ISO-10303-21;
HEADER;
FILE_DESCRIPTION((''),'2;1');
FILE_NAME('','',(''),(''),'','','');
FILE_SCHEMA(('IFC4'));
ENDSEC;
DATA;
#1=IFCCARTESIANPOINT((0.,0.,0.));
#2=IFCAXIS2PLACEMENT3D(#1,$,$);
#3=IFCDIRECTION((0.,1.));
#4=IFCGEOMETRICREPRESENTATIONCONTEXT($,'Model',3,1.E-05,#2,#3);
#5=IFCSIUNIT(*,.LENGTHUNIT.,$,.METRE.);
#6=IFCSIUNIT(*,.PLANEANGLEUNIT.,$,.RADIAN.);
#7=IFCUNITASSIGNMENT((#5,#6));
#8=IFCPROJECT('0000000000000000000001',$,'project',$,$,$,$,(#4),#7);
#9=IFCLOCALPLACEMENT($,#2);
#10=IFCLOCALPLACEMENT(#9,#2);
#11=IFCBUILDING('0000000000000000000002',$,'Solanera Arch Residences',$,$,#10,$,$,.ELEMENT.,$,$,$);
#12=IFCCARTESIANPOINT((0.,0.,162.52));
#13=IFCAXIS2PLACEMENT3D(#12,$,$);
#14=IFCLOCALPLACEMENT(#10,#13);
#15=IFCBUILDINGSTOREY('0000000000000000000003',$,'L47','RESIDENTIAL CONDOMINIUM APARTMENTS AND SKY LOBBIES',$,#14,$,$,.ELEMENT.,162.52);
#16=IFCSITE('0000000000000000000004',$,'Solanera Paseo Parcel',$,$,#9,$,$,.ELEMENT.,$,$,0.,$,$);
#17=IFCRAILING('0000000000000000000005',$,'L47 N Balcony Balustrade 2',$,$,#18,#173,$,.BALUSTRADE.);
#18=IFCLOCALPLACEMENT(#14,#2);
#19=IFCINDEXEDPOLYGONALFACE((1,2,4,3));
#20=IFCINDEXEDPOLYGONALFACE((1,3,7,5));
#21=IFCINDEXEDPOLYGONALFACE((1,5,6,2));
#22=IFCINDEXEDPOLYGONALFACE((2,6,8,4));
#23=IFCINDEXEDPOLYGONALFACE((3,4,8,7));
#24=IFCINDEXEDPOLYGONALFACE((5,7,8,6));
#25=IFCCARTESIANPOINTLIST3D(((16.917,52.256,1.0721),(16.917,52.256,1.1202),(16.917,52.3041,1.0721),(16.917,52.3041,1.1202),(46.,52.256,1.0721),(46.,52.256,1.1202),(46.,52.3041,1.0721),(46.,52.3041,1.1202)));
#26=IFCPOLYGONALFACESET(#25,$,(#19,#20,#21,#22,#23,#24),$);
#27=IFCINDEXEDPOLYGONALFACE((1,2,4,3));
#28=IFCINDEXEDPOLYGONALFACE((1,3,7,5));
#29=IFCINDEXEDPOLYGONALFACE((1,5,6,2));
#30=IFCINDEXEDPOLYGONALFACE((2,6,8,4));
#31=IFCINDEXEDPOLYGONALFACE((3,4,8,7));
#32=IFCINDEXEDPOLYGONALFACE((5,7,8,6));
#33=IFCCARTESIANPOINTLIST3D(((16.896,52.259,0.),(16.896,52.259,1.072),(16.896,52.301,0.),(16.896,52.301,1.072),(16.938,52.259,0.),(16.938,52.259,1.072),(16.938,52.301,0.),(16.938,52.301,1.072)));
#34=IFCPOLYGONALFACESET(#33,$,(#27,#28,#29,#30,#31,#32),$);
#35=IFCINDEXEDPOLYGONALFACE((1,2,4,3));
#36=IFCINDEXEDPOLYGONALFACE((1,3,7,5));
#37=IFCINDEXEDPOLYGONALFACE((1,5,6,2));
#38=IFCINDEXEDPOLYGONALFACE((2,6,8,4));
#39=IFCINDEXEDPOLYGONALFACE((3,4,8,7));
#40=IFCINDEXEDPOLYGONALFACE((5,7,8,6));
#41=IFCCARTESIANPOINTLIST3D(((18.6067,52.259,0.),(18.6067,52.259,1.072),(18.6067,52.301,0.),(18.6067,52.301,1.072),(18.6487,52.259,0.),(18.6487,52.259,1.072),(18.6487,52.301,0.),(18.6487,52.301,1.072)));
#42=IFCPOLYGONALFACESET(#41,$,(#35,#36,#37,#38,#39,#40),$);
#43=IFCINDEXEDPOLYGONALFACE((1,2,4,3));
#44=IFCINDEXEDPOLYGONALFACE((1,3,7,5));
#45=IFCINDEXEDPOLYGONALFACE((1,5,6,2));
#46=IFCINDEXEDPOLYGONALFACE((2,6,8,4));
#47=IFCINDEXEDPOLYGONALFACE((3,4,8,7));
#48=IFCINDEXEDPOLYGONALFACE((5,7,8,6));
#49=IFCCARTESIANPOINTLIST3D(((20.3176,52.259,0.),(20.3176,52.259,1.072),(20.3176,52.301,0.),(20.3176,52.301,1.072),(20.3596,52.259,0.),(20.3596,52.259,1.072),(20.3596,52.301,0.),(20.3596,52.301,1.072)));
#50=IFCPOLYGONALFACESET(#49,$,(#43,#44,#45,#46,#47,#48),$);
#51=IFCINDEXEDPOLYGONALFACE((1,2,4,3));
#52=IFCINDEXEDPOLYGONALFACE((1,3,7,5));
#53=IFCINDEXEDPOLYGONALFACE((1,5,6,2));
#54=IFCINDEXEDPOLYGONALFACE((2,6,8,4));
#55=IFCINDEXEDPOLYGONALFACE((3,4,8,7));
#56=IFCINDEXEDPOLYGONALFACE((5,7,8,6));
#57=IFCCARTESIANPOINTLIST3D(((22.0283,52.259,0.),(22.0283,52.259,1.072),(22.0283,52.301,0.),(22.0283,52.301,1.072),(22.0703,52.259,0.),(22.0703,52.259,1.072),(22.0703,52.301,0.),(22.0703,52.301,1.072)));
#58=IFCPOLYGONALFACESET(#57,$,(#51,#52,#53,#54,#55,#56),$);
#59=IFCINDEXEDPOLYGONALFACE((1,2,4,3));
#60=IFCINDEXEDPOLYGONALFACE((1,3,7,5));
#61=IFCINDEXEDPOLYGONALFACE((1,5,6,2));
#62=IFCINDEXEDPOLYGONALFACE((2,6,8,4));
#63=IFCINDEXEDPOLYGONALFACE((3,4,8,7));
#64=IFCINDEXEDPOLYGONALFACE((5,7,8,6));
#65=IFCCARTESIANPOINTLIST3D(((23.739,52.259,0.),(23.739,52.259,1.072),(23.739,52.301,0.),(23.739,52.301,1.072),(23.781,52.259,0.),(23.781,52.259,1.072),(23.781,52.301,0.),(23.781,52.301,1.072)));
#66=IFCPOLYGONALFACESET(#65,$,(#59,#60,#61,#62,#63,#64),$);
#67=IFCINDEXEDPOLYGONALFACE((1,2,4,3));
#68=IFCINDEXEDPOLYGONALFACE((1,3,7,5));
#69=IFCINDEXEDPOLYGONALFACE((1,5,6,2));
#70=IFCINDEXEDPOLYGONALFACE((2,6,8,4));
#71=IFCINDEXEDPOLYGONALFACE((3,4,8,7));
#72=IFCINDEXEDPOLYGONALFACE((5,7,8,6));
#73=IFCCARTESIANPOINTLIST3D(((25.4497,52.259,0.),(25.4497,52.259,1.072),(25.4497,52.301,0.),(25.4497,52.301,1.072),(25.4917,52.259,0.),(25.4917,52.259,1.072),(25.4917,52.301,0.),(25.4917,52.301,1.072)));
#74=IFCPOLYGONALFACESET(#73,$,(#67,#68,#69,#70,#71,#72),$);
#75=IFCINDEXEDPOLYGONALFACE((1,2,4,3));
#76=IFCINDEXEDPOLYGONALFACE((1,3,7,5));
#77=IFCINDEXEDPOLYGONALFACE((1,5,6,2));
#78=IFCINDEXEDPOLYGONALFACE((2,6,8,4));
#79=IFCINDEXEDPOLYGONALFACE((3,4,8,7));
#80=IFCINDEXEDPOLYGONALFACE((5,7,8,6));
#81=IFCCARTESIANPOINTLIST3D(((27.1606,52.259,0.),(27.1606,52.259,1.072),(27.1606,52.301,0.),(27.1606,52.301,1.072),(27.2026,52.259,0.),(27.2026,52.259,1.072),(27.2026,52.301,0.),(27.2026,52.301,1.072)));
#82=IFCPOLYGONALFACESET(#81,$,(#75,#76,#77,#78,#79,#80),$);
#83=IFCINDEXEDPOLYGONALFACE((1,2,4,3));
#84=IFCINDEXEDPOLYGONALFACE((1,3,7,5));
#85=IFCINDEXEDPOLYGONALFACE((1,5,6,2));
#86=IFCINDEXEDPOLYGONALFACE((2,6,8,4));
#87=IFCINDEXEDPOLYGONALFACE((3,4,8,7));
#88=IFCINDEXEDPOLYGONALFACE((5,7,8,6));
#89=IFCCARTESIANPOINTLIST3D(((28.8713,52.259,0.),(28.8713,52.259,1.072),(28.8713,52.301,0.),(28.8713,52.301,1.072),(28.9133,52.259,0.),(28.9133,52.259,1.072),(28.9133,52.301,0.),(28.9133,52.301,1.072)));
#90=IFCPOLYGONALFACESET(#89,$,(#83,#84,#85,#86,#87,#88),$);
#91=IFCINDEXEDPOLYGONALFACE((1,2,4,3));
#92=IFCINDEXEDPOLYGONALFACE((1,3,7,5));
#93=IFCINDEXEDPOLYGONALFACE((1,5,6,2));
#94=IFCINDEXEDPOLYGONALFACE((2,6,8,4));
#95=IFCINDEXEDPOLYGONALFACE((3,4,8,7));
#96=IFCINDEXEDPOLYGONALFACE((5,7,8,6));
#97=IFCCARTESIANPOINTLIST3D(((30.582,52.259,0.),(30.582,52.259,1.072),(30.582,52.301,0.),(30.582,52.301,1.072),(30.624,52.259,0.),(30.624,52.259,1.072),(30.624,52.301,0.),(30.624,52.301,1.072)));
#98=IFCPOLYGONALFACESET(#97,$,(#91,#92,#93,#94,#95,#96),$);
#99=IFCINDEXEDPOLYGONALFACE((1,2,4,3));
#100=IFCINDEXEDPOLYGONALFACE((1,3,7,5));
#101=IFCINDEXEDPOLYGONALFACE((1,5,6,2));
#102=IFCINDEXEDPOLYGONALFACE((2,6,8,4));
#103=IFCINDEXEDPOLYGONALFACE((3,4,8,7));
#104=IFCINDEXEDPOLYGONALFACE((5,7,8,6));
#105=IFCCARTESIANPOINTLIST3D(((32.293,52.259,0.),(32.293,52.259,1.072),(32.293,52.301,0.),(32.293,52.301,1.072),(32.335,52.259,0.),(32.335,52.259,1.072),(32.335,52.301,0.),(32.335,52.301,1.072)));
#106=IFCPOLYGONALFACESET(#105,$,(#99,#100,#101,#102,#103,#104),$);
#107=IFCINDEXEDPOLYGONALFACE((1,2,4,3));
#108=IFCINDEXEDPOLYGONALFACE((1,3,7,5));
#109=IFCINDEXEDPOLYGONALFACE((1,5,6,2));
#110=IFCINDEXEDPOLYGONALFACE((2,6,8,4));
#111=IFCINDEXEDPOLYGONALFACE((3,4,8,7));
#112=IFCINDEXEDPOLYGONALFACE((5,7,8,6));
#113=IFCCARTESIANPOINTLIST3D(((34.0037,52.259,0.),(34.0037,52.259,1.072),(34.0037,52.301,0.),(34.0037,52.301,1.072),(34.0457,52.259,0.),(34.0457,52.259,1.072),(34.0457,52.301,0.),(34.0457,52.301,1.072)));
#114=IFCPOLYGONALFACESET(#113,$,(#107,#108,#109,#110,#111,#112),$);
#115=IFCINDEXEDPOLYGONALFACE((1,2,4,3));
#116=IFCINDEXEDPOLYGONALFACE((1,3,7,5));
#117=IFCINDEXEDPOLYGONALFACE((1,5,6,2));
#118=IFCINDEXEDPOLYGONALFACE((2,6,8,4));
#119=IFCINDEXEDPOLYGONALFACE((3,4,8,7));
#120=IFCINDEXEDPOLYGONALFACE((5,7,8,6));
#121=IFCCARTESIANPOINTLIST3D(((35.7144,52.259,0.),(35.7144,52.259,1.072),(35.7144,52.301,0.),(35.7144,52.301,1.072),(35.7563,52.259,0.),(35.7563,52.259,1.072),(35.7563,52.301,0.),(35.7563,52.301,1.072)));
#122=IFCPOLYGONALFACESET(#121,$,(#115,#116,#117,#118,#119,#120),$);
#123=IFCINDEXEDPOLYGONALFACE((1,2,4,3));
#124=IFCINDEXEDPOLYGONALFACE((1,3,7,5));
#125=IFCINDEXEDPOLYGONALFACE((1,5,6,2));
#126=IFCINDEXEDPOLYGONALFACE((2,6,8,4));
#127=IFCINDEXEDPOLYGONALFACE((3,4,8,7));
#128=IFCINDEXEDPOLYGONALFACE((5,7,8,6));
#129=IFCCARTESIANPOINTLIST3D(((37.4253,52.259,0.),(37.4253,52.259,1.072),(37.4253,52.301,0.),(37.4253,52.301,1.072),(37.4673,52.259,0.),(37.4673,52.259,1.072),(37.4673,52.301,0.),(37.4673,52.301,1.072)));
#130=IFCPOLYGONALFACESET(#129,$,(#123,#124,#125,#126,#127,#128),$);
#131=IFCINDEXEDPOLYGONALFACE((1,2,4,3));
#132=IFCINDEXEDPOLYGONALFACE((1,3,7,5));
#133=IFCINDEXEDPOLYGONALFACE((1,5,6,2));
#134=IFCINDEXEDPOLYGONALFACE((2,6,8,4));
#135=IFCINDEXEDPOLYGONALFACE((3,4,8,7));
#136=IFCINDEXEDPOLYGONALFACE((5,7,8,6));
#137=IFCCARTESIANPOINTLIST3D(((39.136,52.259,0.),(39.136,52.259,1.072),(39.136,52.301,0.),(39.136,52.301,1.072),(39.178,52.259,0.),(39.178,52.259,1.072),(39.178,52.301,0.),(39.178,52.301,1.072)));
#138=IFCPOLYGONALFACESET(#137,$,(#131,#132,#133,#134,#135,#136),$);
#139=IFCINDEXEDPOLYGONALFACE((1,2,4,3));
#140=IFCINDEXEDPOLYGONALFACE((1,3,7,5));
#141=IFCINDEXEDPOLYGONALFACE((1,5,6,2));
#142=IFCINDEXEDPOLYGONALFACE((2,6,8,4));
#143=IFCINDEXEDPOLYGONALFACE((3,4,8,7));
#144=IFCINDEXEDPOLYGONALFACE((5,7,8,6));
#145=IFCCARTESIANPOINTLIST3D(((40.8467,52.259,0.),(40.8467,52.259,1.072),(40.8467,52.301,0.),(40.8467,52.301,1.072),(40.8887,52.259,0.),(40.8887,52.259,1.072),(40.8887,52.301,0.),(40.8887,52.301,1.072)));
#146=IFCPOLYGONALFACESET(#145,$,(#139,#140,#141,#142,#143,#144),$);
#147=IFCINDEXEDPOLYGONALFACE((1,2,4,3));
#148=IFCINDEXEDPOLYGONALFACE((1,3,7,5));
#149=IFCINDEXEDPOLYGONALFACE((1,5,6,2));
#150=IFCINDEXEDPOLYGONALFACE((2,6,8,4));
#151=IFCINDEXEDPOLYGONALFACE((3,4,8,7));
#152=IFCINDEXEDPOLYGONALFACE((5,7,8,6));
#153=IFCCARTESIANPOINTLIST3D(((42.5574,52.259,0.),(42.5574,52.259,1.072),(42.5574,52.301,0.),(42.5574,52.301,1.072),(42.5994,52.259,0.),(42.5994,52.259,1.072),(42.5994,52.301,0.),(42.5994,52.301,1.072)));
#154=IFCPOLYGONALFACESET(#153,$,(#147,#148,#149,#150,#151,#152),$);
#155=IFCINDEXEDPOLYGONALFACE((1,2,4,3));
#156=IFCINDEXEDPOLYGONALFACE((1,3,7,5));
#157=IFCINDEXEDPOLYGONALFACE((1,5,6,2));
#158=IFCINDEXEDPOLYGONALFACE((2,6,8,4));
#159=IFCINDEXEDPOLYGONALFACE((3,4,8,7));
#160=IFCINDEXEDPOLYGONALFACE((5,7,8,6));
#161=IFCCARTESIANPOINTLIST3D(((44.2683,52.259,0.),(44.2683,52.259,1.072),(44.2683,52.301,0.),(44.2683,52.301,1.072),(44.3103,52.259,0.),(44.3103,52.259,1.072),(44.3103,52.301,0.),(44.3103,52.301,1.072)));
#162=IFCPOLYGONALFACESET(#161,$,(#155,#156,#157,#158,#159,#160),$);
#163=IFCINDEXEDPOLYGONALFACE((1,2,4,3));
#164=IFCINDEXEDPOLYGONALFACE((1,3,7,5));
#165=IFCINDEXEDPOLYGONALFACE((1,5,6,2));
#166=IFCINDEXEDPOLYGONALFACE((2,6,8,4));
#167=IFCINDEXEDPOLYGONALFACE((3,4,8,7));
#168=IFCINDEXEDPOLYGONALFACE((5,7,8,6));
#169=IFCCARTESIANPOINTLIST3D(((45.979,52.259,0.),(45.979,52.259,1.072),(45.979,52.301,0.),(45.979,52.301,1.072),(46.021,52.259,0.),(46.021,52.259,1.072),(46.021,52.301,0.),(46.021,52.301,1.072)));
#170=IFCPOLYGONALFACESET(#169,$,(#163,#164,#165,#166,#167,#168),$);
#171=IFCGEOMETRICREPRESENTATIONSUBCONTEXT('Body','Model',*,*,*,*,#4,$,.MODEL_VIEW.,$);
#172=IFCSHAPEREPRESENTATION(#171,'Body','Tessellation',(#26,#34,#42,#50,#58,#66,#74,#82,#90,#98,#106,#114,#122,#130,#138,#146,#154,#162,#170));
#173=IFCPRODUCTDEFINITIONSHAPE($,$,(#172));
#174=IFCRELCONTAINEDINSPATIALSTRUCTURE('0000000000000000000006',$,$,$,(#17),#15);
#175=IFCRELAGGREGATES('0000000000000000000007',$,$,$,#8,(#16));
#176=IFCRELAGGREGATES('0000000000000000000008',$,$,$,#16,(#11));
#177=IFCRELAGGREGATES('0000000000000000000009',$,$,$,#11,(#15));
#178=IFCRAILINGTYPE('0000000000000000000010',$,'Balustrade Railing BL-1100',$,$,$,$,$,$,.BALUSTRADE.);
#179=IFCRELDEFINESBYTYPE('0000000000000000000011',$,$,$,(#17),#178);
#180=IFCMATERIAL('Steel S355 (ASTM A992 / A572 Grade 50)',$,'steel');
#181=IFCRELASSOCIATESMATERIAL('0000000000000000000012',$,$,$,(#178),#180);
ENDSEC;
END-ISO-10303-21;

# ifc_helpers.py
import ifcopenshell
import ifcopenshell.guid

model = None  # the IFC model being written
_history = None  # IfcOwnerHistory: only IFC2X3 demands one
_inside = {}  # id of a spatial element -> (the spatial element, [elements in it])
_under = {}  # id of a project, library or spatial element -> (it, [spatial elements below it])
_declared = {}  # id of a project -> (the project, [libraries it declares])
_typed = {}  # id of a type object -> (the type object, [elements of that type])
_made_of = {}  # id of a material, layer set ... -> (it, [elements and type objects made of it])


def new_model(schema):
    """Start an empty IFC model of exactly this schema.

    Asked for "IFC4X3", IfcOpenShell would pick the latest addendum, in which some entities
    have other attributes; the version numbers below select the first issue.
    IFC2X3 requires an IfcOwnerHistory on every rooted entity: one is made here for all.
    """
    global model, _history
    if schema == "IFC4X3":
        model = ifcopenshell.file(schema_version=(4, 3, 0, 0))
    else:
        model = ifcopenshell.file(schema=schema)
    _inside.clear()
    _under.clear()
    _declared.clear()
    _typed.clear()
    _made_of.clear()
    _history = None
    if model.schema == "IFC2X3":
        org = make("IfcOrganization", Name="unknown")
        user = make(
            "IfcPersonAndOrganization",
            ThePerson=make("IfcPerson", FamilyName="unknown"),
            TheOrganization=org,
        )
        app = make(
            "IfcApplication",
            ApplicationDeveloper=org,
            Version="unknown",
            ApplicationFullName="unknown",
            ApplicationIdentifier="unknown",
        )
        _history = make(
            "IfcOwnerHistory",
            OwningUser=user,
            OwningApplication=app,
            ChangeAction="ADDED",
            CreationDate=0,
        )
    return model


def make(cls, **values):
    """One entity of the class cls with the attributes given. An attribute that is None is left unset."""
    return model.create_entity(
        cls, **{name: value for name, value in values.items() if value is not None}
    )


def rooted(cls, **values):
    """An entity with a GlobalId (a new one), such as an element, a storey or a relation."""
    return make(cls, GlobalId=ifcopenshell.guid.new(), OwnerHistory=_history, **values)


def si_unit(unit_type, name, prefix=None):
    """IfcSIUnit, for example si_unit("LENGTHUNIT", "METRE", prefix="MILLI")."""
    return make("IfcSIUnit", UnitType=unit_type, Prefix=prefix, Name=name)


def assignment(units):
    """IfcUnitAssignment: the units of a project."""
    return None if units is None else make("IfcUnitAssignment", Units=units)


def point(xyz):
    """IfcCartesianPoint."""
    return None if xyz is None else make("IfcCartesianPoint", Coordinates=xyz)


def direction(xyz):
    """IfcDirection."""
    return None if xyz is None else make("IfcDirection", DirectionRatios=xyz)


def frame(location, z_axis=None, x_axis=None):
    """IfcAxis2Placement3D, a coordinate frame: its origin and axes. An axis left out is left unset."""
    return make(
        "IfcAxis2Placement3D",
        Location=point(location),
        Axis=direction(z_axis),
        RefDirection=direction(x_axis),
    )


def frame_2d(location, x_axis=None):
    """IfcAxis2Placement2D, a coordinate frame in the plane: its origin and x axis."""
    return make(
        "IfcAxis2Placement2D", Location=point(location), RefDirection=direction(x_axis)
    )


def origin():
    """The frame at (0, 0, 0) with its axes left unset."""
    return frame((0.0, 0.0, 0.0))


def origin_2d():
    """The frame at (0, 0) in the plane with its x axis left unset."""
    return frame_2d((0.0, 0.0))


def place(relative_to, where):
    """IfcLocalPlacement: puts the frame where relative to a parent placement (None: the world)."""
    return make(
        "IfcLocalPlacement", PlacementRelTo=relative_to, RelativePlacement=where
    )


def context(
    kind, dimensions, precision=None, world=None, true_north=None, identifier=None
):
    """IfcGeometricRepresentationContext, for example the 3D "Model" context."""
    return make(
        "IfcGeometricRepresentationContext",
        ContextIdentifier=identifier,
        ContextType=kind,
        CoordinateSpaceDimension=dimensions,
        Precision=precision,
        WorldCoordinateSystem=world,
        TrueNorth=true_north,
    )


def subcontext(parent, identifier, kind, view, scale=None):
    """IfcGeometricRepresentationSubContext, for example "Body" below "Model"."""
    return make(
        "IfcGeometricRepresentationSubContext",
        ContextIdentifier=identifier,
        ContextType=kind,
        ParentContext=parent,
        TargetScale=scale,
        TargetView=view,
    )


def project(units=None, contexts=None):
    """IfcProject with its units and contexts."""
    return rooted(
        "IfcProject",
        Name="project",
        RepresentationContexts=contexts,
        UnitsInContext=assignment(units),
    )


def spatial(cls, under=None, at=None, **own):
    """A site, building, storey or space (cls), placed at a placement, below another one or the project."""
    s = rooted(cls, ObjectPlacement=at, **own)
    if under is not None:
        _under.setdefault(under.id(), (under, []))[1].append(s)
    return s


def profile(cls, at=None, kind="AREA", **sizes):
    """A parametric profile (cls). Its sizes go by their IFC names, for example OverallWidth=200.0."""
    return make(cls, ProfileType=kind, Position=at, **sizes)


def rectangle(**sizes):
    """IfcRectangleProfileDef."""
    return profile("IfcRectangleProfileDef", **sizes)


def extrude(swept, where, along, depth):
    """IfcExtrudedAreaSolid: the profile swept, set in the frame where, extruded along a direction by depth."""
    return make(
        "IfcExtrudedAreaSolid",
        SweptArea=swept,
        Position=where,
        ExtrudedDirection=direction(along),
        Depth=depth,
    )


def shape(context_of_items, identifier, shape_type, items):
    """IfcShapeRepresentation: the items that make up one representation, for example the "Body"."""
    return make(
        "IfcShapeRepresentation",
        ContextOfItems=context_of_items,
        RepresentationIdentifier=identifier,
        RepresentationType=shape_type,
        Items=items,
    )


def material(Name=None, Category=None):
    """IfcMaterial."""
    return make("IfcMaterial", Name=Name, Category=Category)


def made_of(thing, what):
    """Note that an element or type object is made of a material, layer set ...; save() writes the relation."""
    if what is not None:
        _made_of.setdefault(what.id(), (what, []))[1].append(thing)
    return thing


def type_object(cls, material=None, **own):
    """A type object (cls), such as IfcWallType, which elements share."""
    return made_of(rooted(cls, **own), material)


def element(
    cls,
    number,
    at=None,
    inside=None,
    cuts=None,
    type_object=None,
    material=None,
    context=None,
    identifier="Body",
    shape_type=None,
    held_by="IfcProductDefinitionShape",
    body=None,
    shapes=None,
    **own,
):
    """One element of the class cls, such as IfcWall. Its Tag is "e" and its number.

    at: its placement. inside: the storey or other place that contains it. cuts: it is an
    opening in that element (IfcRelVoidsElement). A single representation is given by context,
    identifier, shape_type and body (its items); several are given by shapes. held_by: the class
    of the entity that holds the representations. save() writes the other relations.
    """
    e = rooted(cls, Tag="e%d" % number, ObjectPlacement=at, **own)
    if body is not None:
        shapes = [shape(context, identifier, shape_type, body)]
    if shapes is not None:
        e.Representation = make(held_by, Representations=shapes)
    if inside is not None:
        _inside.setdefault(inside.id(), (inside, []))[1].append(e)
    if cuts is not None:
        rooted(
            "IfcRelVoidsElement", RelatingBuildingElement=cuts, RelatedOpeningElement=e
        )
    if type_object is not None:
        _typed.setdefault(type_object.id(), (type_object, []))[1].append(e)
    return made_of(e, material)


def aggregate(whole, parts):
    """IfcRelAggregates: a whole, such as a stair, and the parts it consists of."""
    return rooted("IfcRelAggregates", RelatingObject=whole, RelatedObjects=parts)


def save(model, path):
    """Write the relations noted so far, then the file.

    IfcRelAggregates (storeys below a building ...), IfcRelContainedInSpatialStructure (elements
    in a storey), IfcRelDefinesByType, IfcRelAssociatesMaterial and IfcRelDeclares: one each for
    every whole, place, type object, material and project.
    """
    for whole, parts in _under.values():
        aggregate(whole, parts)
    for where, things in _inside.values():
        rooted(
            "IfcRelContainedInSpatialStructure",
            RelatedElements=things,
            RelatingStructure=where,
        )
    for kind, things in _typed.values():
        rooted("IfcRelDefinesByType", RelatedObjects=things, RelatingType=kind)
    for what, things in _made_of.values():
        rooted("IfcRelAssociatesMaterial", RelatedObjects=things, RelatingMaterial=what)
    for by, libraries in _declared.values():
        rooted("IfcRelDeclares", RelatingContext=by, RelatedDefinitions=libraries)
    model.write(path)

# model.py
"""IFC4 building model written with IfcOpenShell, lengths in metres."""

from ifc_helpers import new_model, si_unit, direction, frame, origin, origin_2d, place, context, subcontext, project, spatial, rectangle, extrude, material, type_object, element, save


model = new_model("IFC4")

# Units and contexts
model_context = context("Model", 3, precision=1e-05, world=origin(), true_north=direction((0.0, 1.0)))
body_context = subcontext(model_context, "Body", "Model", "MODEL_VIEW")
ifc_project = project(units=[si_unit("LENGTHUNIT", "METRE"), si_unit("PLANEANGLEUNIT", "RADIAN")], contexts=[model_context])

# Site, building, storey
site_placement = place(None, origin())
site = spatial("IfcSite", under=ifc_project, at=site_placement, Name="Solanera Paseo Parcel", CompositionType="ELEMENT", RefElevation=0.0)
building_placement = place(site_placement, origin())
building = spatial("IfcBuilding", under=site, at=building_placement, Name="Solanera Arch Residences", CompositionType="ELEMENT")
storey_placement = place(building_placement, frame((0.0, 0.0, 162.52)))
storey = spatial("IfcBuildingStorey", under=building, at=storey_placement, Name="L47", Description="RESIDENTIAL CONDOMINIUM APARTMENTS AND SKY LOBBIES", CompositionType="ELEMENT", Elevation=162.52)

# Railing
ifc_material_1 = material(Name="Steel S355 (ASTM A992 / A572 Grade 50)", Category="steel")
railing_type = type_object("IfcRailingType", Name="Balustrade Railing BL-1100", PredefinedType="BALUSTRADE", material=ifc_material_1)
railing_placement = place(storey_placement, frame((16.917, 52.28, 0.0)))
element("IfcRailing", 1, at=railing_placement, inside=storey, type_object=railing_type, Name="L47 N Balcony Balustrade 2", PredefinedType="BALUSTRADE", context=body_context, shape_type="SweptSolid", body=[
    extrude(rectangle(XDim=0.0481, YDim=0.0481, at=origin_2d()), frame((0.0, 0.0, 1.0962), z_axis=(1.0, 0.0, 0.0), x_axis=(0.0, 1.0, 0.0)), (0.0, 0.0, 1.0), 29.083),
    extrude(rectangle(XDim=0.042, YDim=0.042, at=origin_2d()), origin(), (0.0, 0.0, 1.0), 1.072),
    extrude(rectangle(XDim=0.042, YDim=0.042, at=origin_2d()), frame((1.7107, 0.0, 0.0)), (0.0, 0.0, 1.0), 1.072),
    extrude(rectangle(XDim=0.042, YDim=0.042, at=origin_2d()), frame((3.4216, 0.0, 0.0)), (0.0, 0.0, 1.0), 1.072),
    extrude(rectangle(XDim=0.042, YDim=0.042, at=origin_2d()), frame((5.1323, 0.0, 0.0)), (0.0, 0.0, 1.0), 1.072),
    extrude(rectangle(XDim=0.042, YDim=0.042, at=origin_2d()), frame((6.843, 0.0, 0.0)), (0.0, 0.0, 1.0), 1.072),
    extrude(rectangle(XDim=0.042, YDim=0.042, at=origin_2d()), frame((8.5537, 0.0, 0.0)), (0.0, 0.0, 1.0), 1.072),
    extrude(rectangle(XDim=0.042, YDim=0.042, at=origin_2d()), frame((10.2646, 0.0, 0.0)), (0.0, 0.0, 1.0), 1.072),
    extrude(rectangle(XDim=0.042, YDim=0.042, at=origin_2d()), frame((11.9753, 0.0, 0.0)), (0.0, 0.0, 1.0), 1.072),
    extrude(rectangle(XDim=0.042, YDim=0.042, at=origin_2d()), frame((13.686, 0.0, 0.0)), (0.0, 0.0, 1.0), 1.072),
    extrude(rectangle(XDim=0.042, YDim=0.042, at=origin_2d()), frame((15.397, 0.0, 0.0)), (0.0, 0.0, 1.0), 1.072),
    extrude(rectangle(XDim=0.042, YDim=0.042, at=origin_2d()), frame((17.1077, 0.0, 0.0)), (0.0, 0.0, 1.0), 1.072),
    extrude(rectangle(XDim=0.042, YDim=0.042, at=origin_2d()), frame((18.8184, 0.0, 0.0)), (0.0, 0.0, 1.0), 1.072),
    extrude(rectangle(XDim=0.042, YDim=0.042, at=origin_2d()), frame((20.5293, 0.0, 0.0)), (0.0, 0.0, 1.0), 1.072),
    extrude(rectangle(XDim=0.042, YDim=0.042, at=origin_2d()), frame((22.24, 0.0, 0.0)), (0.0, 0.0, 1.0), 1.072),
    extrude(rectangle(XDim=0.042, YDim=0.042, at=origin_2d()), frame((23.9507, 0.0, 0.0)), (0.0, 0.0, 1.0), 1.072),
    extrude(rectangle(XDim=0.042, YDim=0.042, at=origin_2d()), frame((25.6614, 0.0, 0.0)), (0.0, 0.0, 1.0), 1.072),
    extrude(rectangle(XDim=0.042, YDim=0.042, at=origin_2d()), frame((27.3723, 0.0, 0.0)), (0.0, 0.0, 1.0), 1.072),
    extrude(rectangle(XDim=0.042, YDim=0.042, at=origin_2d()), frame((29.083, 0.0, 0.0)), (0.0, 0.0, 1.0), 1.072),
])

save(model, "model.ifc")
